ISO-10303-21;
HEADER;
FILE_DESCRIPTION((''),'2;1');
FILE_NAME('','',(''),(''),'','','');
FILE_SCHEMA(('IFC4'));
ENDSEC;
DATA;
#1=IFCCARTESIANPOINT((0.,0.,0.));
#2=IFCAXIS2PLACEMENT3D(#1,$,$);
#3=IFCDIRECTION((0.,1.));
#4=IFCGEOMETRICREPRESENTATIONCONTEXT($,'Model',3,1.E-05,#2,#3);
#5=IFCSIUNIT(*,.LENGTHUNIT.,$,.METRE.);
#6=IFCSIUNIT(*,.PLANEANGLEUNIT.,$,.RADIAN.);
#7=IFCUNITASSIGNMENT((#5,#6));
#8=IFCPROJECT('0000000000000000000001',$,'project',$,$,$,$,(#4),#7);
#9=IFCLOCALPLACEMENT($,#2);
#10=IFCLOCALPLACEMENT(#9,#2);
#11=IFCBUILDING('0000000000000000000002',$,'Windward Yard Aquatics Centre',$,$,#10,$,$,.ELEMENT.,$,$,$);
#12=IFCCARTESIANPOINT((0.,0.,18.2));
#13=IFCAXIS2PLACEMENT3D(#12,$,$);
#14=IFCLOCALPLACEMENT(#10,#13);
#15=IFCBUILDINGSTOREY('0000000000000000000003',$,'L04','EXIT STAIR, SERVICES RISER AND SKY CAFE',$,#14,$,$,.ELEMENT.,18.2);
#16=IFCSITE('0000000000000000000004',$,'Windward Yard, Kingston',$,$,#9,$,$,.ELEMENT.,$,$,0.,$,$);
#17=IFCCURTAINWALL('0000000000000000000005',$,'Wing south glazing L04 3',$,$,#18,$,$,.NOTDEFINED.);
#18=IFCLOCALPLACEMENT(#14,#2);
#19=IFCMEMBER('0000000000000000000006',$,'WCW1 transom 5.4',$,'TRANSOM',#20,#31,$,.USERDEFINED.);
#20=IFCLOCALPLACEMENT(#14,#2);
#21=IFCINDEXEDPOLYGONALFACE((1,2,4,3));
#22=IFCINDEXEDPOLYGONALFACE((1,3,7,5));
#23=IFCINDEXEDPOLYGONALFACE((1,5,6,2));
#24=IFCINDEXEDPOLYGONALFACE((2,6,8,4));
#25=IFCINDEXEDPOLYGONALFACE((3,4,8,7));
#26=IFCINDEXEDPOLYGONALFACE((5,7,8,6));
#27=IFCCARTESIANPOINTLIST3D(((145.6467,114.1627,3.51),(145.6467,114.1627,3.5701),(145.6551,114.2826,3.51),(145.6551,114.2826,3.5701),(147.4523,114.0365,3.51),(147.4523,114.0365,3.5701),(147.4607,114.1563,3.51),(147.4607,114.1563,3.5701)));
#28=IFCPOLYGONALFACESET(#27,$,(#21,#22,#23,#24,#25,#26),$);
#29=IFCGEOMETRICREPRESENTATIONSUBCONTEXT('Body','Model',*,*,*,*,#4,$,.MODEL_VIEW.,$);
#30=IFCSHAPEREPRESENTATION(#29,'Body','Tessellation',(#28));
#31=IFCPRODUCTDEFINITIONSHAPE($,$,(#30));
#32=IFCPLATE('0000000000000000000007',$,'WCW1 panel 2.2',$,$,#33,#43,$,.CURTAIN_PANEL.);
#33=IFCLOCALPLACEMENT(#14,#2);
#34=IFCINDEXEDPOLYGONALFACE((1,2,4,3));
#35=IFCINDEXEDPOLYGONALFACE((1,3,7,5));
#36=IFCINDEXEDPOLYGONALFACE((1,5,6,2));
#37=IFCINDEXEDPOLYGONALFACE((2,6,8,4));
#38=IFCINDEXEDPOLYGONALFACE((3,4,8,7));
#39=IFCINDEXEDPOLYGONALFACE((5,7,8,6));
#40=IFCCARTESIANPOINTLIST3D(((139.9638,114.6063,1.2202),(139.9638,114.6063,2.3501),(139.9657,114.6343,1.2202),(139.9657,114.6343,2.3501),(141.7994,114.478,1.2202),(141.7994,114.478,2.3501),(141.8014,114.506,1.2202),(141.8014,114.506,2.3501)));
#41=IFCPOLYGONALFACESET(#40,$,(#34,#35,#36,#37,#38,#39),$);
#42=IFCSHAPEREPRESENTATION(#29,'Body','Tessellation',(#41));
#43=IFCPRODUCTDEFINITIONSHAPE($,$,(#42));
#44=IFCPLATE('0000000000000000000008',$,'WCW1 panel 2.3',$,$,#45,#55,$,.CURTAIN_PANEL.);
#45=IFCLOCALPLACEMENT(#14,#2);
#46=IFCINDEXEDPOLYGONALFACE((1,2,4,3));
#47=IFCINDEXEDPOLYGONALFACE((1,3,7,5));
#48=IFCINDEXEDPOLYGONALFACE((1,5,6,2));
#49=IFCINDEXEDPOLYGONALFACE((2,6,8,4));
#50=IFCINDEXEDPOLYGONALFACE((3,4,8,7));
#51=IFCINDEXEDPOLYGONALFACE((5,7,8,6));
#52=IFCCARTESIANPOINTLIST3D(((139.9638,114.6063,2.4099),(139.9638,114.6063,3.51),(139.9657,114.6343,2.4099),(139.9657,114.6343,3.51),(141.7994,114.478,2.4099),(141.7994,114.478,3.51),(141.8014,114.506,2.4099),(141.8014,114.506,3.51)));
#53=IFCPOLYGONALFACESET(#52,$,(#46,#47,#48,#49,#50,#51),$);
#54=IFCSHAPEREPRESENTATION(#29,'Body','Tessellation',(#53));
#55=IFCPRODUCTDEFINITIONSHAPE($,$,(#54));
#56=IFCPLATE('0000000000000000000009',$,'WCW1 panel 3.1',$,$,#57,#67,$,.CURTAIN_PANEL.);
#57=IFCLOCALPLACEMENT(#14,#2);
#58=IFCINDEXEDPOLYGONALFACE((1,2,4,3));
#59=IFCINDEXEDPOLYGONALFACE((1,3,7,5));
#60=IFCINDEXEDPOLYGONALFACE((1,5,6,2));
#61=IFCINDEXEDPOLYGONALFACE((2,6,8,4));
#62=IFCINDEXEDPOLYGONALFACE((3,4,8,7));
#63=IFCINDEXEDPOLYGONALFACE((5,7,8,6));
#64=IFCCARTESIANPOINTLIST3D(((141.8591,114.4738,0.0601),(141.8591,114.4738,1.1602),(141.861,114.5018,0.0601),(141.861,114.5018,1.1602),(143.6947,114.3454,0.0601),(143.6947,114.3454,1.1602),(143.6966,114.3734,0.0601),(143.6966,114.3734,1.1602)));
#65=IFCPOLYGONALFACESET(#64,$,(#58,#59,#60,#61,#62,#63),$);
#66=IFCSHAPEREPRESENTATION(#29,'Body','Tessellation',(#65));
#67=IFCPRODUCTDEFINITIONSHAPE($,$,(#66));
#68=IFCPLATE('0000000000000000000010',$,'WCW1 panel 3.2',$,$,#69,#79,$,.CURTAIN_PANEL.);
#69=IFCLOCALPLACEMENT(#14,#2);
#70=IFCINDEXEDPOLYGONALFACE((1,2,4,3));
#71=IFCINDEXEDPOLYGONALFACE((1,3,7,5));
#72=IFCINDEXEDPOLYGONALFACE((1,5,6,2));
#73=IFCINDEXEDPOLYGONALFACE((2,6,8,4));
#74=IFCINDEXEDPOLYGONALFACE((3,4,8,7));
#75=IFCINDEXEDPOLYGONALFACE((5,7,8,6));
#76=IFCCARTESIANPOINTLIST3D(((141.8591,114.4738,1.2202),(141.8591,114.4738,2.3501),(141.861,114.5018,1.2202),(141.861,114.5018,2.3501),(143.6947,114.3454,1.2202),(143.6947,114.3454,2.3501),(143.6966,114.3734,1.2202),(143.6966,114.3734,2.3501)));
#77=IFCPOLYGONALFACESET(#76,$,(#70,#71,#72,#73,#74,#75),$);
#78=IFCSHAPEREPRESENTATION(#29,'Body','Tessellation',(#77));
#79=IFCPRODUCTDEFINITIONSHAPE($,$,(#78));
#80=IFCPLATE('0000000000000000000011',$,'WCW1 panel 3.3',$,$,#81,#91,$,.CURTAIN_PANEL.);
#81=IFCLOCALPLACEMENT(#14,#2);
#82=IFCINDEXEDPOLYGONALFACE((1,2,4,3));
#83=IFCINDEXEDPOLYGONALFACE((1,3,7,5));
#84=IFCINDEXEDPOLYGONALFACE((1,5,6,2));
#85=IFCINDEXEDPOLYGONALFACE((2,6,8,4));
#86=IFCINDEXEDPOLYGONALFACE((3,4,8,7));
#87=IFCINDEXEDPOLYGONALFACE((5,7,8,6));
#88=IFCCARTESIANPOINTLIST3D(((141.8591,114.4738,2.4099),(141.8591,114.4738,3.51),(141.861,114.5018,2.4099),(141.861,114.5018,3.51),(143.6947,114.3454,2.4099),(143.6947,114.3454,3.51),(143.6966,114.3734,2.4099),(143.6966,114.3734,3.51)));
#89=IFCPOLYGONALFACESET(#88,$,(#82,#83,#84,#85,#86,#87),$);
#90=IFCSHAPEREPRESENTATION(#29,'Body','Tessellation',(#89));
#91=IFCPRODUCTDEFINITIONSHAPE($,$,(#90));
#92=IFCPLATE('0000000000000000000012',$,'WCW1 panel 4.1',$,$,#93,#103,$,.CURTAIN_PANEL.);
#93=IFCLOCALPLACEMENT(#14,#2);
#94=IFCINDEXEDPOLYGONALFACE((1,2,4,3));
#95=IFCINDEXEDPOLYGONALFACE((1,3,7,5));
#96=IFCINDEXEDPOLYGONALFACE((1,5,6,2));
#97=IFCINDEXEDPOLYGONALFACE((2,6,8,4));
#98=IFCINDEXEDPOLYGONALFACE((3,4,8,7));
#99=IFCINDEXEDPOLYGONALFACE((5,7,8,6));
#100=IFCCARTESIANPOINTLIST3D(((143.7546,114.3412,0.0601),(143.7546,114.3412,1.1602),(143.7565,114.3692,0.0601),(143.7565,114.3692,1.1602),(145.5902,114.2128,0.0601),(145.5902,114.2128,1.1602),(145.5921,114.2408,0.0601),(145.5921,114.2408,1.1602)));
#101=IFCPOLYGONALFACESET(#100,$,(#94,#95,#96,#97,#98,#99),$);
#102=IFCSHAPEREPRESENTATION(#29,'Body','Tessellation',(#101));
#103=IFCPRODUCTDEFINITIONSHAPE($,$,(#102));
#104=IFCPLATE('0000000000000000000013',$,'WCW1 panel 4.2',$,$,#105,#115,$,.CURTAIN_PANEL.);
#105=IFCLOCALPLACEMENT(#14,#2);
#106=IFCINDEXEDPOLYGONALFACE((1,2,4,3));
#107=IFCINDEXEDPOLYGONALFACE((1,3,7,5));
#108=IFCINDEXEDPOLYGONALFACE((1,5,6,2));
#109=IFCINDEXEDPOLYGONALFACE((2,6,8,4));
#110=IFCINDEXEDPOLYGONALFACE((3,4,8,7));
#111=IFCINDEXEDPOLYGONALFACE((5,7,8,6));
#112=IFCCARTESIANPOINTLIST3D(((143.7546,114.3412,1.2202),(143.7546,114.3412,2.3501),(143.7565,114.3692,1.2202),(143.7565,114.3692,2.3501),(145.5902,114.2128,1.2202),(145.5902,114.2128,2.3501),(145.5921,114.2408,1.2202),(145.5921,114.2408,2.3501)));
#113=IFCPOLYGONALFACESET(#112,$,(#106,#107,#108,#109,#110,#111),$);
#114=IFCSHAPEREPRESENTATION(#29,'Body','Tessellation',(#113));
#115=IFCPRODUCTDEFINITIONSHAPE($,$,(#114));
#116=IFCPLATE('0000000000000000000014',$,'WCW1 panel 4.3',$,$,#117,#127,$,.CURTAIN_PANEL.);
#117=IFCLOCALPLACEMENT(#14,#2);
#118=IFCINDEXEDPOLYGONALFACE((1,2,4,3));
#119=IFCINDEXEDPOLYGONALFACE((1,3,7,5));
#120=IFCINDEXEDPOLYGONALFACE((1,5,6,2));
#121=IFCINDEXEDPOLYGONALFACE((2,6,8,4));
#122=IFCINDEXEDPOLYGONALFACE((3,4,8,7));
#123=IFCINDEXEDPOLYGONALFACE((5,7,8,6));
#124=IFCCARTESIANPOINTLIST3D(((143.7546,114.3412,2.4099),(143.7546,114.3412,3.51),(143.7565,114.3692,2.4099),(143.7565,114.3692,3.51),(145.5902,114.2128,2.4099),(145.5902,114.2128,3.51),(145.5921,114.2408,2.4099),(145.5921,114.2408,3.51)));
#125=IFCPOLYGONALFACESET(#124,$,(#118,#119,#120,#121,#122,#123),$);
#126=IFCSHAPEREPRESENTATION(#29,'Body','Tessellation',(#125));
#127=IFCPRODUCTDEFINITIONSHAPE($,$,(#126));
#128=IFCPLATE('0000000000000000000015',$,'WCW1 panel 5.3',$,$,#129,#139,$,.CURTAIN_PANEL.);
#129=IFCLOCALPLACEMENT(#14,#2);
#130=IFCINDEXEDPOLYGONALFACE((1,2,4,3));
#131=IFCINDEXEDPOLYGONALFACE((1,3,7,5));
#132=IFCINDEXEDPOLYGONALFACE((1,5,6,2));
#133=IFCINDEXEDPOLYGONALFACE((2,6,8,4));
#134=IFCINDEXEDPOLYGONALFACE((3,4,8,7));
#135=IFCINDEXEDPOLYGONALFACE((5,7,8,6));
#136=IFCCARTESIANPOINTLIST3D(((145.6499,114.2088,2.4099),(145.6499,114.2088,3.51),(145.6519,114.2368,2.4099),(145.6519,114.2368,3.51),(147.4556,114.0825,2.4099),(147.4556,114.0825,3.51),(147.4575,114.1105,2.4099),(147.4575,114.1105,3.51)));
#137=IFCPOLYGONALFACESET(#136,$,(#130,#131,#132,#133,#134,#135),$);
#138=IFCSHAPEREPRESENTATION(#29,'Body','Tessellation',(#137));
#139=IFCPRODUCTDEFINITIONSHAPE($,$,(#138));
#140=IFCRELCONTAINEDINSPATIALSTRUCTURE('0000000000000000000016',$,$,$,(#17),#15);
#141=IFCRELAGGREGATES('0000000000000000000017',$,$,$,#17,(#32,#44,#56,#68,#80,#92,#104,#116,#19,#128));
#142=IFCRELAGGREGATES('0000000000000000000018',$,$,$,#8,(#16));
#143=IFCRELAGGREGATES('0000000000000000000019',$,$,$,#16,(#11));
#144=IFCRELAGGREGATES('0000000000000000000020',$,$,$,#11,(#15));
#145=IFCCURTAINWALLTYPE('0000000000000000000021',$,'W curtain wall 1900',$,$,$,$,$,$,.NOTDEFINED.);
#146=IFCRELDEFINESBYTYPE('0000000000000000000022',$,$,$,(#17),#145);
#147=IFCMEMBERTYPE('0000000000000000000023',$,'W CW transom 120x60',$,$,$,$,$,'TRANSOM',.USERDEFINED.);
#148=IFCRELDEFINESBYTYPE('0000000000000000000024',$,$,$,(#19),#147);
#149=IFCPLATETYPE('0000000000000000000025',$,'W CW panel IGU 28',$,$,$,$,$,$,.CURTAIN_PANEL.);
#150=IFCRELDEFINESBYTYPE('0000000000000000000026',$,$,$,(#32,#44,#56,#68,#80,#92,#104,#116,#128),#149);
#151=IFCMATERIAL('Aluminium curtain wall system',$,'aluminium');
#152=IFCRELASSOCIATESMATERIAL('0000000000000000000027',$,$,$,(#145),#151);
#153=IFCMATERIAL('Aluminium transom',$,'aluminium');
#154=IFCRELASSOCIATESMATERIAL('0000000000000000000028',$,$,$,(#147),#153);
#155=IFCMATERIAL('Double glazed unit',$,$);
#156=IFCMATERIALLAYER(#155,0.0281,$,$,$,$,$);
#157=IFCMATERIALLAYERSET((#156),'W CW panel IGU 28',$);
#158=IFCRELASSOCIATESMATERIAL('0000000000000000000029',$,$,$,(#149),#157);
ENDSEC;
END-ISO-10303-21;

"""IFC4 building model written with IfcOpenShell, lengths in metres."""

from ifc_helpers import new_model, si_unit, direction, frame, origin, origin_2d, place, context, subcontext, project, spatial, rectangle, extrude, material, layer, layer_set, material_profile, profile_set, type_object, element, aggregate, save


model = new_model("IFC4")

# Units and contexts
model_context = context("Model", 3, precision=1e-05, world=origin(), true_north=direction((0.0, 1.0)))
body_context = subcontext(model_context, "Body", "Model", "MODEL_VIEW")
ifc_project = project(units=[si_unit("LENGTHUNIT", "METRE"), si_unit("PLANEANGLEUNIT", "RADIAN")], contexts=[model_context])

# Site, building, storey
site_placement = place(None, origin())
site = spatial("IfcSite", under=ifc_project, at=site_placement, Name="Windward Yard, Kingston", CompositionType="ELEMENT", RefElevation=0.0)
building_placement = place(site_placement, origin())
building = spatial("IfcBuilding", under=site, at=building_placement, Name="Windward Yard Aquatics Centre", CompositionType="ELEMENT")
storey_placement = place(building_placement, frame((0.0, 0.0, 18.2)))
storey = spatial("IfcBuildingStorey", under=building, at=storey_placement, Name="L04", Description="EXIT STAIR, SERVICES RISER AND SKY CAFE", CompositionType="ELEMENT", Elevation=18.2)

# Curtain wall, member, plates
ifc_material_1 = material(Name="Aluminium curtain wall system", Category="aluminium")
curtain_wall_type = type_object("IfcCurtainWallType", Name="W curtain wall 1900", PredefinedType="NOTDEFINED", material=ifc_material_1)
curtain_wall_placement = place(storey_placement, origin())
curtain_wall = element("IfcCurtainWall", 1, at=curtain_wall_placement, inside=storey, type_object=curtain_wall_type, Name="Wing south glazing L04 3", PredefinedType="NOTDEFINED")
ifc_material_2 = material(Name="Aluminium transom", Category="aluminium")
ifc_material_profile_1 = material_profile(ifc_material_2, rectangle(XDim=0.1201, YDim=0.0601, at=origin_2d()), Name="AL 120x60")
ifc_profile_set_1 = profile_set([ifc_material_profile_1], Name="Aluminium transom")
member_type_1 = type_object("IfcMemberType", Name="W CW transom 120x60", ElementType="TRANSOM", PredefinedType="USERDEFINED", material=ifc_profile_set_1)
member_1_placement = place(storey_placement, frame((145.6509, 114.2227, 3.54), z_axis=(0.997566, -0.069732, 0.0), x_axis=(0.069732, 0.997566, 0.0)))
member_1 = element("IfcMember", 2, at=member_1_placement, type_object=member_type_1, Name="WCW1 transom 5.4", ObjectType="TRANSOM", PredefinedType="USERDEFINED", context=body_context, shape_type="SweptSolid", body=[
    extrude(rectangle(XDim=0.1201, YDim=0.0601, at=origin_2d()), origin(), (0.0, 0.0, 1.0), 1.8101),
])
ifc_material_3 = material(Name="Double glazed unit")
ifc_layer = layer(ifc_material_3, 0.0281)
ifc_layer_set = layer_set([ifc_layer], Name="W CW panel IGU 28")
plate_type = type_object("IfcPlateType", Name="W CW panel IGU 28", PredefinedType="CURTAIN_PANEL", material=ifc_layer_set)
plate_1_placement = place(storey_placement, frame((140.8826, 114.5562, 1.2202), z_axis=(0.0, 0.0, 1.0), x_axis=(0.997564, -0.069758, 0.0)))
plate_1 = element("IfcPlate", 3, at=plate_1_placement, type_object=plate_type, Name="WCW1 panel 2.2", PredefinedType="CURTAIN_PANEL", context=body_context, shape_type="SweptSolid", body=[
    extrude(rectangle(XDim=1.8401, YDim=0.0281, at=origin_2d()), origin(), (0.0, 0.0, 1.0), 1.1299),
])
plate_2_placement = place(storey_placement, frame((140.8826, 114.5562, 2.4099), z_axis=(0.0, 0.0, 1.0), x_axis=(0.997564, -0.069758, 0.0)))
plate_2 = element("IfcPlate", 4, at=plate_2_placement, type_object=plate_type, Name="WCW1 panel 2.3", PredefinedType="CURTAIN_PANEL", context=body_context, shape_type="SweptSolid", body=[
    extrude(rectangle(XDim=1.8401, YDim=0.0281, at=origin_2d()), origin(), (0.0, 0.0, 1.0), 1.1001),
])
plate_3_placement = place(storey_placement, frame((142.7778, 114.4236, 0.0601), z_axis=(0.0, 0.0, 1.0), x_axis=(0.997564, -0.069758, 0.0)))
plate_3 = element("IfcPlate", 5, at=plate_3_placement, type_object=plate_type, Name="WCW1 panel 3.1", PredefinedType="CURTAIN_PANEL", context=body_context, shape_type="SweptSolid", body=[
    extrude(rectangle(XDim=1.8401, YDim=0.0281, at=origin_2d()), origin(), (0.0, 0.0, 1.0), 1.1001),
])
plate_4_placement = place(storey_placement, frame((142.7778, 114.4236, 1.2202), z_axis=(0.0, 0.0, 1.0), x_axis=(0.997564, -0.069758, 0.0)))
plate_4 = element("IfcPlate", 6, at=plate_4_placement, type_object=plate_type, Name="WCW1 panel 3.2", PredefinedType="CURTAIN_PANEL", context=body_context, shape_type="SweptSolid", body=[
    extrude(rectangle(XDim=1.8401, YDim=0.0281, at=origin_2d()), origin(), (0.0, 0.0, 1.0), 1.1299),
])
plate_5_placement = place(storey_placement, frame((142.7778, 114.4236, 2.4099), z_axis=(0.0, 0.0, 1.0), x_axis=(0.997564, -0.069758, 0.0)))
plate_5 = element("IfcPlate", 7, at=plate_5_placement, type_object=plate_type, Name="WCW1 panel 3.3", PredefinedType="CURTAIN_PANEL", context=body_context, shape_type="SweptSolid", body=[
    extrude(rectangle(XDim=1.8401, YDim=0.0281, at=origin_2d()), origin(), (0.0, 0.0, 1.0), 1.1001),
])
plate_6_placement = place(storey_placement, frame((144.6733, 114.291, 0.0601), z_axis=(0.0, 0.0, 1.0), x_axis=(0.997564, -0.069758, 0.0)))
plate_6 = element("IfcPlate", 8, at=plate_6_placement, type_object=plate_type, Name="WCW1 panel 4.1", PredefinedType="CURTAIN_PANEL", context=body_context, shape_type="SweptSolid", body=[
    extrude(rectangle(XDim=1.8401, YDim=0.0281, at=origin_2d()), origin(), (0.0, 0.0, 1.0), 1.1001),
])
plate_7_placement = place(storey_placement, frame((144.6733, 114.291, 1.2202), z_axis=(0.0, 0.0, 1.0), x_axis=(0.997564, -0.069758, 0.0)))
plate_7 = element("IfcPlate", 9, at=plate_7_placement, type_object=plate_type, Name="WCW1 panel 4.2", PredefinedType="CURTAIN_PANEL", context=body_context, shape_type="SweptSolid", body=[
    extrude(rectangle(XDim=1.8401, YDim=0.0281, at=origin_2d()), origin(), (0.0, 0.0, 1.0), 1.1299),
])
plate_8_placement = place(storey_placement, frame((144.6733, 114.291, 2.4099), z_axis=(0.0, 0.0, 1.0), x_axis=(0.997564, -0.069758, 0.0)))
plate_8 = element("IfcPlate", 10, at=plate_8_placement, type_object=plate_type, Name="WCW1 panel 4.3", PredefinedType="CURTAIN_PANEL", context=body_context, shape_type="SweptSolid", body=[
    extrude(rectangle(XDim=1.8401, YDim=0.0281, at=origin_2d()), origin(), (0.0, 0.0, 1.0), 1.1001),
])
plate_9_placement = place(storey_placement, frame((146.5537, 114.1597, 2.4099), z_axis=(0.0, 0.0, 1.0), x_axis=(0.997564, -0.069758, 0.0)))
plate_9 = element("IfcPlate", 11, at=plate_9_placement, type_object=plate_type, Name="WCW1 panel 5.3", PredefinedType="CURTAIN_PANEL", context=body_context, shape_type="SweptSolid", body=[
    extrude(rectangle(XDim=1.8101, YDim=0.0281, at=origin_2d()), origin(), (0.0, 0.0, 1.0), 1.1001),
])
aggregate(curtain_wall, [plate_1, plate_2, plate_3, plate_4, plate_5, plate_6, plate_7, plate_8, member_1, plate_9])

save(model, "model.ifc")
